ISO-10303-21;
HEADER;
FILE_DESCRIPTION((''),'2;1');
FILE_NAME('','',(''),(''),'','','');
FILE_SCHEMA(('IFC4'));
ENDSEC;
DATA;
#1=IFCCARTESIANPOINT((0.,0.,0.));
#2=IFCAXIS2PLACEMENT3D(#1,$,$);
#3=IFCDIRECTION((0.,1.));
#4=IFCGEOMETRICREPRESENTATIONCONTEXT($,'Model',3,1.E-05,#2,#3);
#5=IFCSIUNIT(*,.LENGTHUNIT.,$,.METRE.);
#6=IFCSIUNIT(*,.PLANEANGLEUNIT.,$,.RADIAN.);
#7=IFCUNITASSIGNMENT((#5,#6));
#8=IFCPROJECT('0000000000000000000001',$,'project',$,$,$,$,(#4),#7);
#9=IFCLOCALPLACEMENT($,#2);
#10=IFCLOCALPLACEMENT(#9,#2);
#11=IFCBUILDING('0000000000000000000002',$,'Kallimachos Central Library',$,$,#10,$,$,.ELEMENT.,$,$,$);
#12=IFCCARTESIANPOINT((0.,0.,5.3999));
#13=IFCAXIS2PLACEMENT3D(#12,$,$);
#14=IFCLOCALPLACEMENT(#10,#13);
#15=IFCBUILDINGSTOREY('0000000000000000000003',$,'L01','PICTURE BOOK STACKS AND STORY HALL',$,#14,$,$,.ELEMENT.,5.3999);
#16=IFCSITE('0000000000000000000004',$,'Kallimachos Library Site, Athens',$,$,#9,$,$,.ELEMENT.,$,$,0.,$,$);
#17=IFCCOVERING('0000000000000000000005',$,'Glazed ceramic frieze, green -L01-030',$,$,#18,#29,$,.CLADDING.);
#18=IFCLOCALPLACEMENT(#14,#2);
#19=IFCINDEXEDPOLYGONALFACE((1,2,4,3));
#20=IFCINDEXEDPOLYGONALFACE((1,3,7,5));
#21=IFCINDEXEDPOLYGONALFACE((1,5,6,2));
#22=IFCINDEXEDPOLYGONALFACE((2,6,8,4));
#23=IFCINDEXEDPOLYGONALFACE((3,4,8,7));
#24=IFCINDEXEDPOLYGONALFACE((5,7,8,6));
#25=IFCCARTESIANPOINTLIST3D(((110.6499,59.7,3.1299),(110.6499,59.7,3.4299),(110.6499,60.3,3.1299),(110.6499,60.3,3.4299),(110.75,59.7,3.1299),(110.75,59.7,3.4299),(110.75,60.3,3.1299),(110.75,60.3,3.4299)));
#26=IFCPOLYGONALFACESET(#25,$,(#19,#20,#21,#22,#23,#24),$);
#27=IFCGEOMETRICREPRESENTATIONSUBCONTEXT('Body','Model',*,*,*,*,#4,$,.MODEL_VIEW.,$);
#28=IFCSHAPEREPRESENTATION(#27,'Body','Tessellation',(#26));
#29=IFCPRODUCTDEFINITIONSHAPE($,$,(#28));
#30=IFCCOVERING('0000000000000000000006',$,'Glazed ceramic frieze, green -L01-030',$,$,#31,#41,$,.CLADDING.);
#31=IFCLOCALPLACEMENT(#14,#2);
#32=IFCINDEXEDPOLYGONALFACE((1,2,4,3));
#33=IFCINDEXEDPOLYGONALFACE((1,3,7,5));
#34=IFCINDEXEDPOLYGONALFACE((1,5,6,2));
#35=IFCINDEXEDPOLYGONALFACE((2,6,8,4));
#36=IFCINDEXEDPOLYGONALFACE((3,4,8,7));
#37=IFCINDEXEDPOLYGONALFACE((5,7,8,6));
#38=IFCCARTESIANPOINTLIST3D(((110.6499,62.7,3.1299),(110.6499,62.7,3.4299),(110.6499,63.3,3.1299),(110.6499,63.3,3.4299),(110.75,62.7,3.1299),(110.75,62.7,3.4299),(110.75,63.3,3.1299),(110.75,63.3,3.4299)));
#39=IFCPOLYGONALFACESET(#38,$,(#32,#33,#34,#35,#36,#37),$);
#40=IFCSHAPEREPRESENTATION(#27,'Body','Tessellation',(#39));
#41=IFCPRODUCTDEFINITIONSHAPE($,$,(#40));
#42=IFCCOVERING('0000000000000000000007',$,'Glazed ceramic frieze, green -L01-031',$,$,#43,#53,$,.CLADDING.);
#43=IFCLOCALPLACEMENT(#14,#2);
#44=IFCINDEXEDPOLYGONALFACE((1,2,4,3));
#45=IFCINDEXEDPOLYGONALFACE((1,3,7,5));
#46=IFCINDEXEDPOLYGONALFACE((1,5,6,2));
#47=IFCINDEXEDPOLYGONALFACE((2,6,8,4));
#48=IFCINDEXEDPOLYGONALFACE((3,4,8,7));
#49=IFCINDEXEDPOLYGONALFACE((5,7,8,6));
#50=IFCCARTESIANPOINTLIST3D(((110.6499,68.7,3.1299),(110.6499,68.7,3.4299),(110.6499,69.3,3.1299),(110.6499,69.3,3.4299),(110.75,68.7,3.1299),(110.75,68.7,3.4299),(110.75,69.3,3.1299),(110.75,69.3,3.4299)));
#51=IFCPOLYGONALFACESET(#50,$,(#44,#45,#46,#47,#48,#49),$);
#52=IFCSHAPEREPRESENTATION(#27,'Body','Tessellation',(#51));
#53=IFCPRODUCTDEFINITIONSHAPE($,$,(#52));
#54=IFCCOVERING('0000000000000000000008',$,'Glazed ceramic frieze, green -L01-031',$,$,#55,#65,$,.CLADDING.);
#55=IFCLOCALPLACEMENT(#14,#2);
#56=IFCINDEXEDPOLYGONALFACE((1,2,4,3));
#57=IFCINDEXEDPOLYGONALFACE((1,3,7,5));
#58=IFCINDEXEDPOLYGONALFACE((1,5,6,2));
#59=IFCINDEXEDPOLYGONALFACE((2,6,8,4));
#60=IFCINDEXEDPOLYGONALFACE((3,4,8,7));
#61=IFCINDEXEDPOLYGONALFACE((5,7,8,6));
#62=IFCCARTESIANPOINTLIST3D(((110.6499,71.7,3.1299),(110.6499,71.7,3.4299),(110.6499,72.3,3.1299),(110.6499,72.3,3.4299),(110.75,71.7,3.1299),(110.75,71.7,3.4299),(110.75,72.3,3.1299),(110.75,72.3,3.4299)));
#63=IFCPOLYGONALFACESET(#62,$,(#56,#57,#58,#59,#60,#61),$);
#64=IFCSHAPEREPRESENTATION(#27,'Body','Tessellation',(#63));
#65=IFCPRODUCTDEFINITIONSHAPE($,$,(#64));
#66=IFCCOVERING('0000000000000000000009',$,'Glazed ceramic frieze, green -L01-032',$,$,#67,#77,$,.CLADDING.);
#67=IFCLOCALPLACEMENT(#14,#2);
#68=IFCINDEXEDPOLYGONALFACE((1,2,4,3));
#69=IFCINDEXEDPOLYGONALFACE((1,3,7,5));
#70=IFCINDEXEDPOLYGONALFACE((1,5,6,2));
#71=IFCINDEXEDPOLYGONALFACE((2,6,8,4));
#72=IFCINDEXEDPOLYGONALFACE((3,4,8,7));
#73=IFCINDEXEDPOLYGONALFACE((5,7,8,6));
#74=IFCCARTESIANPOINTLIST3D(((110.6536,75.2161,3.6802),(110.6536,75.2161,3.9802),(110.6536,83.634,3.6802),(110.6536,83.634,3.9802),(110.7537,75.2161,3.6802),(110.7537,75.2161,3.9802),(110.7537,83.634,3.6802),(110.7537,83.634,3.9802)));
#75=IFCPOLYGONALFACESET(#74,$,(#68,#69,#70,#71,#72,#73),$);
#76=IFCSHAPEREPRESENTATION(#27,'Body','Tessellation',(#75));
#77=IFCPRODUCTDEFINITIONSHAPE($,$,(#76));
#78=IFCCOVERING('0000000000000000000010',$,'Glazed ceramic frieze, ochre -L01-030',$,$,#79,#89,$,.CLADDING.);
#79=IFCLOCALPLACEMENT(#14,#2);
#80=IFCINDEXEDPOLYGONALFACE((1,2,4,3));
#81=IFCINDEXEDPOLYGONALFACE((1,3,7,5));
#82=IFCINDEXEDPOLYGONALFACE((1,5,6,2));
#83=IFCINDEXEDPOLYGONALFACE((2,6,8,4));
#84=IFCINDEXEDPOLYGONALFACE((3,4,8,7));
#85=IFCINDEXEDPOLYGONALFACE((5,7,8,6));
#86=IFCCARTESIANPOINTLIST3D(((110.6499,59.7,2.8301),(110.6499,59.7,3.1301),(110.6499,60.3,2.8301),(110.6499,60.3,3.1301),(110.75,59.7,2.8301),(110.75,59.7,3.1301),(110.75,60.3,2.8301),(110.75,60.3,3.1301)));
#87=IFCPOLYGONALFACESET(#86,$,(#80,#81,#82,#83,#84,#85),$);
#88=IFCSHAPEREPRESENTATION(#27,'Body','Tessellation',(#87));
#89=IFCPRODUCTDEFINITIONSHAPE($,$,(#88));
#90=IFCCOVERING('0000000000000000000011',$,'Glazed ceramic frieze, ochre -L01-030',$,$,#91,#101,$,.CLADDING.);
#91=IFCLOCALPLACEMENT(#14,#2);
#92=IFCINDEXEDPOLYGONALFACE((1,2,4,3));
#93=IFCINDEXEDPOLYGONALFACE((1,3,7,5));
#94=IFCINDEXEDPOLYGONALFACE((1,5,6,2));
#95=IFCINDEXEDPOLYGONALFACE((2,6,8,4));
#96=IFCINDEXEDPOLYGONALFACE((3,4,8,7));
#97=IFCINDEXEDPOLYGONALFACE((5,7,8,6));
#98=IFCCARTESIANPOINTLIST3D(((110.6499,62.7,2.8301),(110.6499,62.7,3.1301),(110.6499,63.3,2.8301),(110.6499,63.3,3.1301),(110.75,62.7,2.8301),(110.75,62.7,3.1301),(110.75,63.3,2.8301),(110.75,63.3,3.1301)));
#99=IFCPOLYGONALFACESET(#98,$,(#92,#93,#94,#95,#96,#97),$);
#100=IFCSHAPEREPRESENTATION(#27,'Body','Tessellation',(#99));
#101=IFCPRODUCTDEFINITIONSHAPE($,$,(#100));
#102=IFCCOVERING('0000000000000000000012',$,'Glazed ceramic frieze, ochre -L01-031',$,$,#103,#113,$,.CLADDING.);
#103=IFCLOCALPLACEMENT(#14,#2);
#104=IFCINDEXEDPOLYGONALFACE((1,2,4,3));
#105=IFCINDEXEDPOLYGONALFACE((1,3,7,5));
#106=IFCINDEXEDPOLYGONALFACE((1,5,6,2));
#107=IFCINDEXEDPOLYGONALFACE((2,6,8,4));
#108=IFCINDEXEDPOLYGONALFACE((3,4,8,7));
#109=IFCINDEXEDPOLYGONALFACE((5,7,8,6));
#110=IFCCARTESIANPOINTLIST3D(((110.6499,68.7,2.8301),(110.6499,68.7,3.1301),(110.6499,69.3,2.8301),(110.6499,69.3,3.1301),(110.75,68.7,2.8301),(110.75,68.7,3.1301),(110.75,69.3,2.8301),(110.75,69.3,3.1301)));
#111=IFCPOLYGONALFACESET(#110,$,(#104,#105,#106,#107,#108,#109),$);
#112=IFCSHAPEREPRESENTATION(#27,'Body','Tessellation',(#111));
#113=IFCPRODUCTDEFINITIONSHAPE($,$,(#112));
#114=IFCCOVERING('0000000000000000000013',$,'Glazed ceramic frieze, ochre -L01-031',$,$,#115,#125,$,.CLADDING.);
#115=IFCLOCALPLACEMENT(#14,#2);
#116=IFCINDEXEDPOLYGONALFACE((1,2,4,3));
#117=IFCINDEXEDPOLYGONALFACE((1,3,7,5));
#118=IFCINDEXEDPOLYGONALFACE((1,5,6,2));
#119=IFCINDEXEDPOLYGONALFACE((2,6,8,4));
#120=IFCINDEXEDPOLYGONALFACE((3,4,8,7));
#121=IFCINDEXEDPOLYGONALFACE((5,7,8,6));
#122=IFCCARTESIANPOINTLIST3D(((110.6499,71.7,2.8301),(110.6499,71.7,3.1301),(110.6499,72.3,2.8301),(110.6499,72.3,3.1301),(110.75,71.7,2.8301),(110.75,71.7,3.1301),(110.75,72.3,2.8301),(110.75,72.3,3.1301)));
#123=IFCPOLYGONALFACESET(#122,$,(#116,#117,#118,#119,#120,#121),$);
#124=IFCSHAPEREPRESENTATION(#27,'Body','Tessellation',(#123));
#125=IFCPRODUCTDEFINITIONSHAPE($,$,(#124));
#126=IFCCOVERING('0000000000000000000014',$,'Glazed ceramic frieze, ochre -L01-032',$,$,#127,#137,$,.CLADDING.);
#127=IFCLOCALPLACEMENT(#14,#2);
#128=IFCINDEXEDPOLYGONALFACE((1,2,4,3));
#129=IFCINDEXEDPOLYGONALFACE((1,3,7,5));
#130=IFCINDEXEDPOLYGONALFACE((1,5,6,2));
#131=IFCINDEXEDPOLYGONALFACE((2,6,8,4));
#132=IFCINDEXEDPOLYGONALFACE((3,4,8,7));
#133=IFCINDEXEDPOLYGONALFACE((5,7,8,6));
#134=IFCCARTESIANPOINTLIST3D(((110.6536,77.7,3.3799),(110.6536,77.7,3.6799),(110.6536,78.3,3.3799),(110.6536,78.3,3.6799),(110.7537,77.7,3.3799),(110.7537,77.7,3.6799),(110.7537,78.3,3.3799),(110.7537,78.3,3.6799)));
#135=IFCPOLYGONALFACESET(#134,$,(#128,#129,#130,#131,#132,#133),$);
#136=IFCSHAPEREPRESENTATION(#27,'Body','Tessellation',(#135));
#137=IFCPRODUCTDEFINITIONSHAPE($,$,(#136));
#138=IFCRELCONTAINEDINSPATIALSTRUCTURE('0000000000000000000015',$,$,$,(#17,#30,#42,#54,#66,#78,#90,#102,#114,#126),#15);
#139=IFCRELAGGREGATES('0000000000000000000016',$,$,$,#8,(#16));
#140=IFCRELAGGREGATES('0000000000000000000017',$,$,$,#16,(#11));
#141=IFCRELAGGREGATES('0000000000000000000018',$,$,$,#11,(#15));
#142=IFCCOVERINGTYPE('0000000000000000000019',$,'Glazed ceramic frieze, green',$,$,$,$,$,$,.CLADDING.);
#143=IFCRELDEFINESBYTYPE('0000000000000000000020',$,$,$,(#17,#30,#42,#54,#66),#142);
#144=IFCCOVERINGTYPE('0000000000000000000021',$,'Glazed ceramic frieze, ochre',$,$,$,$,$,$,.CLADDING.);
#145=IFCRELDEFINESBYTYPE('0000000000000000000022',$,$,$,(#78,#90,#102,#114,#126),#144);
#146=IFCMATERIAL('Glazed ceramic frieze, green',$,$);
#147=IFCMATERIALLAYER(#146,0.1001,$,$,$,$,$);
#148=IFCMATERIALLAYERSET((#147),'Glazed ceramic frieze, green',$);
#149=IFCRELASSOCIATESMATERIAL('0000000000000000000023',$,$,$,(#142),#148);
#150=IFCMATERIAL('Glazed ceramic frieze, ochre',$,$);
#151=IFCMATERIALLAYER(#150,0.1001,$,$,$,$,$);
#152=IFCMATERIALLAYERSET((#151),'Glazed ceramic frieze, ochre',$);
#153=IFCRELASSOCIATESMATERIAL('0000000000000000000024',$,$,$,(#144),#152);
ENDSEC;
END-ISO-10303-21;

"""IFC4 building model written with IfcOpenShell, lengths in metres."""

from ifc_helpers import new_model, si_unit, direction, frame, origin, origin_2d, place, context, subcontext, project, spatial, rectangle, extrude, material, layer, layer_set, type_object, element, save


model = new_model("IFC4")

# Units and contexts
model_context = context("Model", 3, precision=1e-05, world=origin(), true_north=direction((0.0, 1.0)))
body_context = subcontext(model_context, "Body", "Model", "MODEL_VIEW")
ifc_project = project(units=[si_unit("LENGTHUNIT", "METRE"), si_unit("PLANEANGLEUNIT", "RADIAN")], contexts=[model_context])

# Site, building, storey
site_placement = place(None, origin())
site = spatial("IfcSite", under=ifc_project, at=site_placement, Name="Kallimachos Library Site, Athens", CompositionType="ELEMENT", RefElevation=0.0)
building_placement = place(site_placement, origin())
building = spatial("IfcBuilding", under=site, at=building_placement, Name="Kallimachos Central Library", CompositionType="ELEMENT")
storey_placement = place(building_placement, frame((0.0, 0.0, 5.3999)))
storey = spatial("IfcBuildingStorey", under=building, at=storey_placement, Name="L01", Description="PICTURE BOOK STACKS AND STORY HALL", CompositionType="ELEMENT", Elevation=5.3999)

# Coverings
ifc_material_1 = material(Name="Glazed ceramic frieze, green")
ifc_layer_1 = layer(ifc_material_1, 0.1001)
ifc_layer_set_1 = layer_set([ifc_layer_1], Name="Glazed ceramic frieze, green")
covering_type_1 = type_object("IfcCoveringType", Name="Glazed ceramic frieze, green", PredefinedType="CLADDING", material=ifc_layer_set_1)
for number, where, z_axis, x_axis, name in (
    (1, (110.7, 60.0, 3.1299), (0.0, 0.0, 1.0), (1.0, 0.0, 0.0), "Glazed ceramic frieze, green -L01-030"),
    (2, (110.7, 63.0, 3.1299), (0.0, 0.0, 1.0), (1.0, 0.0, 0.0), "Glazed ceramic frieze, green -L01-030"),
    (3, (110.7, 69.0, 3.1299), (0.0, 0.0, 1.0), (1.0, 0.0, 0.0), "Glazed ceramic frieze, green -L01-031"),
    (4, (110.7, 72.0, 3.1299), (0.0, 0.0, 1.0), (1.0, 0.0, 0.0), "Glazed ceramic frieze, green -L01-031"),
):
    element("IfcCovering", number, at=place(storey_placement, frame(where, z_axis=z_axis, x_axis=x_axis)), inside=storey, type_object=covering_type_1, Name=name, PredefinedType="CLADDING", context=body_context, shape_type="SweptSolid", body=[
        extrude(rectangle(XDim=0.1001, YDim=0.6001, at=origin_2d()), origin(), (0.0, 0.0, 1.0), 0.3),
    ])
covering_placement = place(storey_placement, frame((110.7036, 79.425, 3.6802), z_axis=(0.0, 0.0, 1.0), x_axis=(1.0, 0.0, 0.0)))
element("IfcCovering", 5, at=covering_placement, inside=storey, type_object=covering_type_1, Name="Glazed ceramic frieze, green -L01-032", PredefinedType="CLADDING", context=body_context, shape_type="SweptSolid", body=[
    extrude(rectangle(XDim=0.1001, YDim=8.418, at=origin_2d()), origin(), (0.0, 0.0, 1.0), 0.3),
])
ifc_material_2 = material(Name="Glazed ceramic frieze, ochre")
ifc_layer_2 = layer(ifc_material_2, 0.1001)
ifc_layer_set_2 = layer_set([ifc_layer_2], Name="Glazed ceramic frieze, ochre")
covering_type_2 = type_object("IfcCoveringType", Name="Glazed ceramic frieze, ochre", PredefinedType="CLADDING", material=ifc_layer_set_2)
for number, where, z_axis, x_axis, name in (
    (6, (110.7, 60.0, 2.8301), (0.0, 0.0, 1.0), (1.0, 0.0, 0.0), "Glazed ceramic frieze, ochre -L01-030"),
    (7, (110.7, 63.0, 2.8301), (0.0, 0.0, 1.0), (1.0, 0.0, 0.0), "Glazed ceramic frieze, ochre -L01-030"),
    (8, (110.7, 69.0, 2.8301), (0.0, 0.0, 1.0), (1.0, 0.0, 0.0), "Glazed ceramic frieze, ochre -L01-031"),
    (9, (110.7, 72.0, 2.8301), (0.0, 0.0, 1.0), (1.0, 0.0, 0.0), "Glazed ceramic frieze, ochre -L01-031"),
    (10, (110.7036, 78.0, 3.3799), (0.0, 0.0, 1.0), (1.0, 0.0, 0.0), "Glazed ceramic frieze, ochre -L01-032"),
):
    element("IfcCovering", number, at=place(storey_placement, frame(where, z_axis=z_axis, x_axis=x_axis)), inside=storey, type_object=covering_type_2, Name=name, PredefinedType="CLADDING", context=body_context, shape_type="SweptSolid", body=[
        extrude(rectangle(XDim=0.1001, YDim=0.6001, at=origin_2d()), origin(), (0.0, 0.0, 1.0), 0.3),
    ])

save(model, "model.ifc")
